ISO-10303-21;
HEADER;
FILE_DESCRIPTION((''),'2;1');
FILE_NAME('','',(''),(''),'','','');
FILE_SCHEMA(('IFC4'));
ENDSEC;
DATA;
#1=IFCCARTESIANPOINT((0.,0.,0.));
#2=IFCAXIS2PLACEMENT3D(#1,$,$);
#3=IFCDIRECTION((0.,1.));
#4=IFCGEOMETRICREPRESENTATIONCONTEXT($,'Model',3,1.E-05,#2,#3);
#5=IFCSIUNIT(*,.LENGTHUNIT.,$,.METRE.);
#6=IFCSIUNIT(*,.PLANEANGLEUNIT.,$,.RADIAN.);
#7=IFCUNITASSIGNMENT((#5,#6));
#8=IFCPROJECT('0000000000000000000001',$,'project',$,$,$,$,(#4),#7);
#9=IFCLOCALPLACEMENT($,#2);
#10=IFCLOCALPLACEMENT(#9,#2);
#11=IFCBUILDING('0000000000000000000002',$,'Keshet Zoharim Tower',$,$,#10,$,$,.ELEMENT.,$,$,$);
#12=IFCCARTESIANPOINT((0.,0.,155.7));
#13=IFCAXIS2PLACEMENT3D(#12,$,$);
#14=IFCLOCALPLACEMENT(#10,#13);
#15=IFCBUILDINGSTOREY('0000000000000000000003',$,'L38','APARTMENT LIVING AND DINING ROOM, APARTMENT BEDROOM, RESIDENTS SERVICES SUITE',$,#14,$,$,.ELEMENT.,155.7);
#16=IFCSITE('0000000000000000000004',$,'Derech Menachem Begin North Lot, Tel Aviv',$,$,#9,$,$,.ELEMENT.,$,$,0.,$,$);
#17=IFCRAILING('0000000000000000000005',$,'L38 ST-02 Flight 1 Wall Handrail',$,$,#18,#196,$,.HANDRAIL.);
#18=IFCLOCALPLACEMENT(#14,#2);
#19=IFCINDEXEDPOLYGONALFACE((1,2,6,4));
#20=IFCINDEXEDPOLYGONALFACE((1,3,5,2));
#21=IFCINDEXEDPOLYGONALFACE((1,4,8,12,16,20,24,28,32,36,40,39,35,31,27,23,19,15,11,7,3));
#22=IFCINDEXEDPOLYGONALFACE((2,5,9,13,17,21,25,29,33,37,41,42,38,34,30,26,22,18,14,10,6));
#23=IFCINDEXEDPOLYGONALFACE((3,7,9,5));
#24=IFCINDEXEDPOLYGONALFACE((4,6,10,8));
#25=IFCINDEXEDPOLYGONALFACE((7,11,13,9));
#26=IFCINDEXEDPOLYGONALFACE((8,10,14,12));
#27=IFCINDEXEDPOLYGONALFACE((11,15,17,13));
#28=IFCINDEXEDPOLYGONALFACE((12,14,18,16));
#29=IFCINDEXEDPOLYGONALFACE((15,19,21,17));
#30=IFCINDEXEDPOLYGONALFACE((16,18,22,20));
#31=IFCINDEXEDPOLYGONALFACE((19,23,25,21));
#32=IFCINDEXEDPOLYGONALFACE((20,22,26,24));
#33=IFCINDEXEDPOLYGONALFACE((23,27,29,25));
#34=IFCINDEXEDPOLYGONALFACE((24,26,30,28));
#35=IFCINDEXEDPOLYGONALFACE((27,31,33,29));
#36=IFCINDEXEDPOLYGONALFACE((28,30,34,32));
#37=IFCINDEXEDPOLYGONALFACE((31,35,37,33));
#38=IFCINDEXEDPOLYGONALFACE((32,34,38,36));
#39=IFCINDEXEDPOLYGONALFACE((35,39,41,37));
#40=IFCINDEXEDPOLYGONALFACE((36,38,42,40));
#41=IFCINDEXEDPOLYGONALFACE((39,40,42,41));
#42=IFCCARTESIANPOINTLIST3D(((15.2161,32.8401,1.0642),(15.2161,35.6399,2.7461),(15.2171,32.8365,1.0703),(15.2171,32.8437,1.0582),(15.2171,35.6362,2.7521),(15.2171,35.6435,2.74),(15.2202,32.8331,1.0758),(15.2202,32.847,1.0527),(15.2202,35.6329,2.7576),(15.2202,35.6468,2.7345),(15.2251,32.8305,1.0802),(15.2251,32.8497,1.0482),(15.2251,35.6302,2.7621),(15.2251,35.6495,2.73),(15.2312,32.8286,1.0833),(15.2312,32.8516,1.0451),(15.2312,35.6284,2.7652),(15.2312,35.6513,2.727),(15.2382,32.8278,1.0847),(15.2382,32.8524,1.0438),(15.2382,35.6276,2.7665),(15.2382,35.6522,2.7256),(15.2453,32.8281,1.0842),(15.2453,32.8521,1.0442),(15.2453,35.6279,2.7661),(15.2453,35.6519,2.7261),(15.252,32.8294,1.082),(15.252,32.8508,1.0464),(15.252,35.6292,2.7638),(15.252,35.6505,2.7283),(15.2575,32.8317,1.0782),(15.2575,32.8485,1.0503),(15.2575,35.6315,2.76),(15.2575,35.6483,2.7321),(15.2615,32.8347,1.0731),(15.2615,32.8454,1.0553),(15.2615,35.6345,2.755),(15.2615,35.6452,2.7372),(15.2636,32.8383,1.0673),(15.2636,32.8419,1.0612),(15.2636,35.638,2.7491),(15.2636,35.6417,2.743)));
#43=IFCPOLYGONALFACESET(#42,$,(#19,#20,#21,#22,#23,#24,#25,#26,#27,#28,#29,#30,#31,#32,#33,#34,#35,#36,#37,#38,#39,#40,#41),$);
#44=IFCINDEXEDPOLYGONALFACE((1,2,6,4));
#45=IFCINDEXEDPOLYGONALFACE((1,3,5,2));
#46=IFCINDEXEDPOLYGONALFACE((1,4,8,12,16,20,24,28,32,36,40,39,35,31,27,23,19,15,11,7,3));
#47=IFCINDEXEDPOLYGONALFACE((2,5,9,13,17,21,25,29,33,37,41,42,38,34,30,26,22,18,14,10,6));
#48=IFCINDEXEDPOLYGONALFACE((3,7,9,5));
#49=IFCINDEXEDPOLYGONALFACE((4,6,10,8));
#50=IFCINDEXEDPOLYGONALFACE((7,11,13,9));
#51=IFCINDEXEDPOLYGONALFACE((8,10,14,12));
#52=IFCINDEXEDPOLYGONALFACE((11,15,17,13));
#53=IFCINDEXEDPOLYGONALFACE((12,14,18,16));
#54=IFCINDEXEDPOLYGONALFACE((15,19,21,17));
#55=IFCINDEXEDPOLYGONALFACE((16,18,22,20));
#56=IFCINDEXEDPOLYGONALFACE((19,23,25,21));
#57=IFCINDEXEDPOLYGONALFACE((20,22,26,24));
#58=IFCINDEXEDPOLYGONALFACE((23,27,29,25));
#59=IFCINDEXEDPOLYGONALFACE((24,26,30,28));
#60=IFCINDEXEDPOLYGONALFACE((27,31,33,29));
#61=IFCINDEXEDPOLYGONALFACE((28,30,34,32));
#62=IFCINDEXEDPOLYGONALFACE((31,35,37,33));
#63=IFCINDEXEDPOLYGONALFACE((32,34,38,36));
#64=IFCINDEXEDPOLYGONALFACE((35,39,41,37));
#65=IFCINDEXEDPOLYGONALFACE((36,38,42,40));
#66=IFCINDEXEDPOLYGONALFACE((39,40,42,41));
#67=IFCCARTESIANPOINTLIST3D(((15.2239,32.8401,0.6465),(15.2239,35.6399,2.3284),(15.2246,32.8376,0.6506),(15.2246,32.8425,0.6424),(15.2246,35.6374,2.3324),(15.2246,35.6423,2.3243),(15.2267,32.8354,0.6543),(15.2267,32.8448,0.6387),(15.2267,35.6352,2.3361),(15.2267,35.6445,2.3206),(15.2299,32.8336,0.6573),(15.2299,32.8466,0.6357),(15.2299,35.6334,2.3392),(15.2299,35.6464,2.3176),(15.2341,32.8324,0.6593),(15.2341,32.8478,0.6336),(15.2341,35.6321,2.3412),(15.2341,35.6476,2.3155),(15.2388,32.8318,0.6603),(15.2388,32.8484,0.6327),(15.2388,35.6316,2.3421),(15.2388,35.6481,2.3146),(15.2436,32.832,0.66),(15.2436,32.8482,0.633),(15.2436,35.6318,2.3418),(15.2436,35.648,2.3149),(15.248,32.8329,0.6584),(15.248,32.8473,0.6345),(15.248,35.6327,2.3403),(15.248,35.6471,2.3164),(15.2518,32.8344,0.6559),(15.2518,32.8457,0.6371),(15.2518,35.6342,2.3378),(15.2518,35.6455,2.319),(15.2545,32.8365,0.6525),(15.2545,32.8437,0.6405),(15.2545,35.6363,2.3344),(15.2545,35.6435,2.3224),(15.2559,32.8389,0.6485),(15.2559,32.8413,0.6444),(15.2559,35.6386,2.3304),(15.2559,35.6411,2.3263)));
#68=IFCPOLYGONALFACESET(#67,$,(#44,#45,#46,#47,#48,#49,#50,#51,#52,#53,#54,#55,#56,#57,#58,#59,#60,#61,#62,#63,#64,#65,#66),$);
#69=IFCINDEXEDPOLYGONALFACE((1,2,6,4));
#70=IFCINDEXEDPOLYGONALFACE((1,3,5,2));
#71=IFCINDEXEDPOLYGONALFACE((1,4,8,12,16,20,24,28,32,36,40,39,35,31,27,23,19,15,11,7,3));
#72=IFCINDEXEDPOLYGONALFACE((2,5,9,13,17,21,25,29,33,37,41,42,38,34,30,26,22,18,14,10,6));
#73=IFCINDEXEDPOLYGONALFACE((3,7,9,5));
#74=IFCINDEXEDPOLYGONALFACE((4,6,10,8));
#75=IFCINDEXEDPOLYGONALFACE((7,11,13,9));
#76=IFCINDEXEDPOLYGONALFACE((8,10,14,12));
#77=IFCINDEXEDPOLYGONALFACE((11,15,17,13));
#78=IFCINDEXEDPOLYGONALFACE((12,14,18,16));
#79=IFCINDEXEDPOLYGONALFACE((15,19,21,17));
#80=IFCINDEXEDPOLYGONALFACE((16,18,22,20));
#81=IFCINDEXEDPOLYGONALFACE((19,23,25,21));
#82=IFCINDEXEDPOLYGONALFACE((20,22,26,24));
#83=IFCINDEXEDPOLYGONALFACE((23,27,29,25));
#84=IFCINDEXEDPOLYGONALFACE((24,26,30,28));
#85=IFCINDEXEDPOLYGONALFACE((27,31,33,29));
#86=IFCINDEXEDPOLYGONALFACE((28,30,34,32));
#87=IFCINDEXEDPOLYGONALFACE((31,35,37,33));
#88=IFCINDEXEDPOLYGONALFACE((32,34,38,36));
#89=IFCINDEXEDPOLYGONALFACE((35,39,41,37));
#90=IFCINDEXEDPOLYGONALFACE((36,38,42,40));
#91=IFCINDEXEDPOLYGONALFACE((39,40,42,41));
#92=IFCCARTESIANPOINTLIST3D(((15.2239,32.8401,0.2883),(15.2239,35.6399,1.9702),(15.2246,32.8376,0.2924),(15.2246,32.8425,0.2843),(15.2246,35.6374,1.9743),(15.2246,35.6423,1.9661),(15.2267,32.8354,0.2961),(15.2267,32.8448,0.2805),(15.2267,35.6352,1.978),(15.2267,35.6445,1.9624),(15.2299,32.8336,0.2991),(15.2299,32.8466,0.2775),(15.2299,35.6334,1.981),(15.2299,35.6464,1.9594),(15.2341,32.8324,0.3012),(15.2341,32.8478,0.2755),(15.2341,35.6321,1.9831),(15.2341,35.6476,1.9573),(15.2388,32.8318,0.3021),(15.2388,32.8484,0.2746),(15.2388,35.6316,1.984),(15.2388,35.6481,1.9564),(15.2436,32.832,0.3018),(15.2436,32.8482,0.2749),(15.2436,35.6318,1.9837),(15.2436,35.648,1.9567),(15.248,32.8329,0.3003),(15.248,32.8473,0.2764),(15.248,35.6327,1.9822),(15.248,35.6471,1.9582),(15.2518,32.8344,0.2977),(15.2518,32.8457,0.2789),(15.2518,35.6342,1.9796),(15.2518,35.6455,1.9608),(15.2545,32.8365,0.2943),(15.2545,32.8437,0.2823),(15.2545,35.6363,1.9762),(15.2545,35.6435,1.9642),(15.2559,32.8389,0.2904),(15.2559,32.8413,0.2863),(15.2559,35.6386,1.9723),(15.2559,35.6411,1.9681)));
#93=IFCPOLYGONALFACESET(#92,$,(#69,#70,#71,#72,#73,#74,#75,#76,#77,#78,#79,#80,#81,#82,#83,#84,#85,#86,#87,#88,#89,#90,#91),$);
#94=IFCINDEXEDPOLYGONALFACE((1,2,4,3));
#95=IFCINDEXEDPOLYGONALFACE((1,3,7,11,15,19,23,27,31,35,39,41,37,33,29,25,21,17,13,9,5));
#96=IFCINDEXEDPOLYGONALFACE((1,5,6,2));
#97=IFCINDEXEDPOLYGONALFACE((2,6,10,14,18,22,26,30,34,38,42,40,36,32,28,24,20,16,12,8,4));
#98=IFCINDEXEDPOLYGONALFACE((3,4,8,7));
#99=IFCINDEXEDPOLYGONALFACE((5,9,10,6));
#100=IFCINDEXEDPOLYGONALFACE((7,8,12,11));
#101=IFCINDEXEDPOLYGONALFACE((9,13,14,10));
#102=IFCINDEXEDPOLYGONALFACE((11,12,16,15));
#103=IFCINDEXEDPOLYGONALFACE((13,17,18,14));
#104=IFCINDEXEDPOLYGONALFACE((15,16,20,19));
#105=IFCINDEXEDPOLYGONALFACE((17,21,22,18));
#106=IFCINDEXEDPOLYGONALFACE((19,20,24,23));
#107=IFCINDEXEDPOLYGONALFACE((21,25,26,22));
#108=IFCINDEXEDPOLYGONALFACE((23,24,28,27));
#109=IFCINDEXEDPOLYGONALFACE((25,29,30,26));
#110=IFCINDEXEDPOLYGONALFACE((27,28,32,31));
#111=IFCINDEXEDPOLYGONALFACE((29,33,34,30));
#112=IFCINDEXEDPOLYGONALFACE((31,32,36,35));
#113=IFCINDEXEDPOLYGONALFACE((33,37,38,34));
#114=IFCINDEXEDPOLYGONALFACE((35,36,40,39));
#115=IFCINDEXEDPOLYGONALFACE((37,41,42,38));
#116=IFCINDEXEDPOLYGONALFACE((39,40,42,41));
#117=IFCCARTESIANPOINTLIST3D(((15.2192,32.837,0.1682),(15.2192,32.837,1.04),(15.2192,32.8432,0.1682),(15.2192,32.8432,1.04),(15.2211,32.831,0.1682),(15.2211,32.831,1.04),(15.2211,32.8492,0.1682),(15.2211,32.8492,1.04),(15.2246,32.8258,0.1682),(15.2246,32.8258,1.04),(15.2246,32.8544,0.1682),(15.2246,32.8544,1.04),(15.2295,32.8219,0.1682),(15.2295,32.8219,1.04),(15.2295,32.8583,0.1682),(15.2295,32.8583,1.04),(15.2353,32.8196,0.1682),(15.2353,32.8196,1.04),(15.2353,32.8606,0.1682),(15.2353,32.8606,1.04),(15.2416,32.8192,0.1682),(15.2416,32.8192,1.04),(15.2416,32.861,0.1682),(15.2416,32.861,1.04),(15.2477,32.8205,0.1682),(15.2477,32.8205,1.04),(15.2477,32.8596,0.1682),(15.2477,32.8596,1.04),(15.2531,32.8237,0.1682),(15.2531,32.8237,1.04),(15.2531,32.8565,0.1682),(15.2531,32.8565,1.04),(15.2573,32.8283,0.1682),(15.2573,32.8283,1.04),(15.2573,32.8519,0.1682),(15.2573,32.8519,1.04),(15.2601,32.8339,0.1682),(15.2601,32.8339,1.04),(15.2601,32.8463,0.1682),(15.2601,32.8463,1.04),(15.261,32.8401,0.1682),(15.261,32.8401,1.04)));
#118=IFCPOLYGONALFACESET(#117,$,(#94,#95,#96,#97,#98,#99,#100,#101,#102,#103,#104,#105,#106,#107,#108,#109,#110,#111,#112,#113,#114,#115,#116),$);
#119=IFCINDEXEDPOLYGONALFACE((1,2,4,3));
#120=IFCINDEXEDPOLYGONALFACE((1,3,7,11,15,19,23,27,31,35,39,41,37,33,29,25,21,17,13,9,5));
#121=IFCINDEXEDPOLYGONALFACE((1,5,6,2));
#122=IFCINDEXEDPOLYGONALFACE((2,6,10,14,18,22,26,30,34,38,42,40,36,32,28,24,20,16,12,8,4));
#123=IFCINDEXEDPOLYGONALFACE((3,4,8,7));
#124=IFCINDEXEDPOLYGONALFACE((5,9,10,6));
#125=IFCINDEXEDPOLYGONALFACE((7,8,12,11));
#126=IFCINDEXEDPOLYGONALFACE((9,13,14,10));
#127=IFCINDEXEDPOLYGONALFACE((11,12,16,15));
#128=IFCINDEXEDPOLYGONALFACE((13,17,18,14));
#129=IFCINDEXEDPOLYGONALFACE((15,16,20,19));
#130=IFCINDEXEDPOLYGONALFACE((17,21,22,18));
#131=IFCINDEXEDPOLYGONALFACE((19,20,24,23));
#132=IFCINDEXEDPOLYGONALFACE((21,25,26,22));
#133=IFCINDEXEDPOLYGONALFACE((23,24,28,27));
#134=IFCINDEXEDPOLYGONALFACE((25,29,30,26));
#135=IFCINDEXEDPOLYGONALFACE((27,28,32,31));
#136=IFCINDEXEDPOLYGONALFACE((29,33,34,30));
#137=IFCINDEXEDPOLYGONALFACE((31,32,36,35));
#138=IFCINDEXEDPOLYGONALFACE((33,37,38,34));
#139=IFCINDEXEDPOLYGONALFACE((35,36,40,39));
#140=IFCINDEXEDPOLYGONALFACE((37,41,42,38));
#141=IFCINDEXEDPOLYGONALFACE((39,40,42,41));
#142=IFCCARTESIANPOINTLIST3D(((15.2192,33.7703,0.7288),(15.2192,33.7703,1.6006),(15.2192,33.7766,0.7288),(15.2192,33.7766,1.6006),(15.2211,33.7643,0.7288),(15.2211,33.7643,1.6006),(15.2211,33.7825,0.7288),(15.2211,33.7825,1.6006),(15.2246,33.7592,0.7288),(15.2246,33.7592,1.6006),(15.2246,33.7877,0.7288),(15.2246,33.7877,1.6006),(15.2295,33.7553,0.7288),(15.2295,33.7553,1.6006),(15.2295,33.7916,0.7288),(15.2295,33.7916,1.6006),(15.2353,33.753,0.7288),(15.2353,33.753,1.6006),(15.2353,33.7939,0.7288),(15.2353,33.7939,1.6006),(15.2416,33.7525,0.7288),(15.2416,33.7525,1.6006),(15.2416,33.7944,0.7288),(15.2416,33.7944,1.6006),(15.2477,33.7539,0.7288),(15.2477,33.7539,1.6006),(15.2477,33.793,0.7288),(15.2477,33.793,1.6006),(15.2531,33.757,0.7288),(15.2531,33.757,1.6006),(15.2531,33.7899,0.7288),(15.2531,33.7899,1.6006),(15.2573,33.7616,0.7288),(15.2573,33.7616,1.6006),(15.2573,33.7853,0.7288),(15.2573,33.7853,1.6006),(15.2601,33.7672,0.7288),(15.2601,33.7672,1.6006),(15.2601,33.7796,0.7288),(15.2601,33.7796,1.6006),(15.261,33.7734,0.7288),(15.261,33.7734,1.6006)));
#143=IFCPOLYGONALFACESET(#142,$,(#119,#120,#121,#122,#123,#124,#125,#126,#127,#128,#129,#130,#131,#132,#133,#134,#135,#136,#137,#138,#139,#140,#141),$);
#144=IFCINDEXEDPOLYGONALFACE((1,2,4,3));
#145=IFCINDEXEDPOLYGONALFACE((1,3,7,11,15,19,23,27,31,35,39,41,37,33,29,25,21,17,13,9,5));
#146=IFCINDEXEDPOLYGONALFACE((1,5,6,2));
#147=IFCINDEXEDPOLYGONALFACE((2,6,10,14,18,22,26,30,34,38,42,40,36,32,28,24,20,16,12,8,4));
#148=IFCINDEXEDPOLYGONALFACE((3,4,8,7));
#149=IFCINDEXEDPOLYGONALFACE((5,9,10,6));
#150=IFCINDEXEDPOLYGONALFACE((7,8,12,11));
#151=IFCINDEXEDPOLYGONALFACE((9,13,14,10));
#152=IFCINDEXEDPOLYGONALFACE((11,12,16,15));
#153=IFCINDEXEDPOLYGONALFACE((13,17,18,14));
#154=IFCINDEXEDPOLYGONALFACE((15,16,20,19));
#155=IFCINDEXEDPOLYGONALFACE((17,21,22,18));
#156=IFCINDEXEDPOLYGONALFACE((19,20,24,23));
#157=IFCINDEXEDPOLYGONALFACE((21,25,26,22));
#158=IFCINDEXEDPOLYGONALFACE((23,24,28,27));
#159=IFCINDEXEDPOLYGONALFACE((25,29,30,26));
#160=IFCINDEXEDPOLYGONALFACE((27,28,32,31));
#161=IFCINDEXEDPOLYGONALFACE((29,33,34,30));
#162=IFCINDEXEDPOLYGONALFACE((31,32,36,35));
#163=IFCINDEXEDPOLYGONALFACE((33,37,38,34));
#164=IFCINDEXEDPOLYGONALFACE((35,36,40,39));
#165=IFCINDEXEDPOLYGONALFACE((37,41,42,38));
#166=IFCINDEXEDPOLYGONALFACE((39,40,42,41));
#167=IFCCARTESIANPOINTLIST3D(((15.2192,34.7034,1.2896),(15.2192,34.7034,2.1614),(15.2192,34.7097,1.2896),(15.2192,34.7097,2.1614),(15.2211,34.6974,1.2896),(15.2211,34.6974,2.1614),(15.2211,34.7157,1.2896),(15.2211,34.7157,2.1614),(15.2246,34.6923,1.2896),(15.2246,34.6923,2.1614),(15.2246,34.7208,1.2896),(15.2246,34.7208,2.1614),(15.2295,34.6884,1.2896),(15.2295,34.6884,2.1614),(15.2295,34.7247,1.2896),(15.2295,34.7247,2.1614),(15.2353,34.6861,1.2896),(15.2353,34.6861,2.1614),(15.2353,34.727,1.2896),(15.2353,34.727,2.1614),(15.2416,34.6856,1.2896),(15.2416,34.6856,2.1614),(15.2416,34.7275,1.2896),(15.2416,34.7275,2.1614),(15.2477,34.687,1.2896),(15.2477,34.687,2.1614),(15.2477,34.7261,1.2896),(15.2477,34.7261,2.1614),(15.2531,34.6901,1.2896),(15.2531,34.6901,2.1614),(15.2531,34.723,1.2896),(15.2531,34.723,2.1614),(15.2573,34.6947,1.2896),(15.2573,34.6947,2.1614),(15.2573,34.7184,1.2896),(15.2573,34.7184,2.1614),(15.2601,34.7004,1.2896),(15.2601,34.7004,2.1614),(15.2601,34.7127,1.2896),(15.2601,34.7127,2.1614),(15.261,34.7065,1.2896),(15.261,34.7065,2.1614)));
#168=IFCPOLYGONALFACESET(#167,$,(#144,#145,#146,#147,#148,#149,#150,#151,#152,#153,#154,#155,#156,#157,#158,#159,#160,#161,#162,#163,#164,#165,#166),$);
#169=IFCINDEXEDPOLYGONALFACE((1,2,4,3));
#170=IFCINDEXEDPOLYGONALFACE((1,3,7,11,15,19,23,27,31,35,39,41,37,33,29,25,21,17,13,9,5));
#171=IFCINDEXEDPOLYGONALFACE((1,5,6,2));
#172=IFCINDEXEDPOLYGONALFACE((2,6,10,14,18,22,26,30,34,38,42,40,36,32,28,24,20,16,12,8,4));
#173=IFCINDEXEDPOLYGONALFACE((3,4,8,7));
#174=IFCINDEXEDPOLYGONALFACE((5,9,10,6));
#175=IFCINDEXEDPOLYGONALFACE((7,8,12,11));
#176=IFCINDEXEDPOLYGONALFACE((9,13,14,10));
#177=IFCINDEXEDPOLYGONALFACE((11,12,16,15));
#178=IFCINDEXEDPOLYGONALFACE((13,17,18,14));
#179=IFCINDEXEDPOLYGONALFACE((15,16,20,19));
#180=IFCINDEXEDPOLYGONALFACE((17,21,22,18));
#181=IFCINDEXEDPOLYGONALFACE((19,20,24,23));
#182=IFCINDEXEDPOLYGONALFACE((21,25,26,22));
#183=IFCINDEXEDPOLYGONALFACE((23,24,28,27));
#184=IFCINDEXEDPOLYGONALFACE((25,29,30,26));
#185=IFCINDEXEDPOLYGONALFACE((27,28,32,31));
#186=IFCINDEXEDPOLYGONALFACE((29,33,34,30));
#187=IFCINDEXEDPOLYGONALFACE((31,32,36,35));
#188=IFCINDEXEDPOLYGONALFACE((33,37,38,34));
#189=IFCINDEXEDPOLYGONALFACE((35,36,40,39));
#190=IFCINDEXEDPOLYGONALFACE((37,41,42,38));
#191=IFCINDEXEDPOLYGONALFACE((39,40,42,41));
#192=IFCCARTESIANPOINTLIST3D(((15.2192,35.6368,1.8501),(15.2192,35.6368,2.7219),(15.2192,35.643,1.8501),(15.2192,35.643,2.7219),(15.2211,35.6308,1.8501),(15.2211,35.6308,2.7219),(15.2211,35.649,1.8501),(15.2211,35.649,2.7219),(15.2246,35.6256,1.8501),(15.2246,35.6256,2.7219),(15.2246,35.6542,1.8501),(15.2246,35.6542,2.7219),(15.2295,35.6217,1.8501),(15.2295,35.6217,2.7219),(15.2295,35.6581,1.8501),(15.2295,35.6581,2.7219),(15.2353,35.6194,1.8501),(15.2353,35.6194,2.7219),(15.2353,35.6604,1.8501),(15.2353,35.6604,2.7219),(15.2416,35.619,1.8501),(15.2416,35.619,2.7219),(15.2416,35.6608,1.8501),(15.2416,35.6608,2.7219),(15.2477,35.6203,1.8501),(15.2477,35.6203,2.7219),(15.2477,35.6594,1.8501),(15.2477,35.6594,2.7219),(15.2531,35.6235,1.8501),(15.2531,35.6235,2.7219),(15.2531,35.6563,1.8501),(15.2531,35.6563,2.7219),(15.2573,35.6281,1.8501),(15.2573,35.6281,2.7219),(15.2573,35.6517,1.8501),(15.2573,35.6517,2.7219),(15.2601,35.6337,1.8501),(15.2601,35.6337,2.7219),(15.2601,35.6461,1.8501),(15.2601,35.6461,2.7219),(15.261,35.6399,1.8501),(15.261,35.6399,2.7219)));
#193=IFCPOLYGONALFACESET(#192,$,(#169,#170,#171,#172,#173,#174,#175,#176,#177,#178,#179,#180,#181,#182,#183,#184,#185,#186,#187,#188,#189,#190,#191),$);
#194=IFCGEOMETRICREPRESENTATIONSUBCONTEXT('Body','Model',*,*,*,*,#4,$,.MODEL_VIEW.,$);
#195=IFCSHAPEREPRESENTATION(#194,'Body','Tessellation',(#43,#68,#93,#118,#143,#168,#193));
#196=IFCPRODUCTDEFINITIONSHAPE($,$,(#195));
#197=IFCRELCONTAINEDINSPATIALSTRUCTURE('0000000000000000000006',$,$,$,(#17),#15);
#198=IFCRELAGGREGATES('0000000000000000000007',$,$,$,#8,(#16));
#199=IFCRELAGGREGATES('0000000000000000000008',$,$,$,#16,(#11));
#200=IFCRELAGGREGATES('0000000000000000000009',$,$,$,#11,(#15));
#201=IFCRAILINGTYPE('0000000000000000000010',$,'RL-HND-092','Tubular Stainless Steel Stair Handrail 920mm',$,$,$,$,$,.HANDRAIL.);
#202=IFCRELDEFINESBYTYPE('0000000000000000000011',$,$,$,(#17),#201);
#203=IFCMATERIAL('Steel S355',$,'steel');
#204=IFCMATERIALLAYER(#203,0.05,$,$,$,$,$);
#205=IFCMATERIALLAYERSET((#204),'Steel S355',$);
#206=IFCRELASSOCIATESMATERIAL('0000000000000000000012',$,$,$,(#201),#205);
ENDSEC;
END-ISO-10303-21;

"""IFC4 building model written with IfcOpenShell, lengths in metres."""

from ifc_helpers import new_model, si_unit, direction, frame, origin, origin_2d, place, context, subcontext, project, spatial, circle, extrude, material, layer, layer_set, type_object, element, save


model = new_model("IFC4")

# Units and contexts
model_context = context("Model", 3, precision=1e-05, world=origin(), true_north=direction((0.0, 1.0)))
body_context = subcontext(model_context, "Body", "Model", "MODEL_VIEW")
ifc_project = project(units=[si_unit("LENGTHUNIT", "METRE"), si_unit("PLANEANGLEUNIT", "RADIAN")], contexts=[model_context])

# Site, building, storey
site_placement = place(None, origin())
site = spatial("IfcSite", under=ifc_project, at=site_placement, Name="Derech Menachem Begin North Lot, Tel Aviv", CompositionType="ELEMENT", RefElevation=0.0)
building_placement = place(site_placement, origin())
building = spatial("IfcBuilding", under=site, at=building_placement, Name="Keshet Zoharim Tower", CompositionType="ELEMENT")
storey_placement = place(building_placement, frame((0.0, 0.0, 155.7)))
storey = spatial("IfcBuildingStorey", under=building, at=storey_placement, Name="L38", Description="APARTMENT LIVING AND DINING ROOM, APARTMENT BEDROOM, RESIDENTS SERVICES SUITE", CompositionType="ELEMENT", Elevation=155.7)

# Shared definitions
ifc_material_1 = material(Name="Steel S355", Category="steel")

# Railing
ifc_layer_1 = layer(ifc_material_1, 0.05)
ifc_layer_set_1 = layer_set([ifc_layer_1], Name="Steel S355")
railing_type_1 = type_object("IfcRailingType", Name="RL-HND-092", Description="Tubular Stainless Steel Stair Handrail 920mm", PredefinedType="HANDRAIL", material=ifc_layer_set_1)
railing_1_placement = place(storey_placement, frame((15.24, 32.8401, 0.1682)))
element("IfcRailing", 1, at=railing_1_placement, inside=storey, type_object=railing_type_1, Name="L38 ST-02 Flight 1 Wall Handrail", PredefinedType="HANDRAIL", context=body_context, shape_type="SweptSolid", body=[
    extrude(circle(Radius=0.0239, at=origin_2d()), frame((0.0, 0.0, 0.896), z_axis=(0.0, 0.857222, 0.514946), x_axis=(-1.0, 0.0, 0.0)), (0.0, 0.0, 1.0), 3.2661),
    extrude(circle(Radius=0.0161, at=origin_2d()), frame((0.0, 0.0, 0.4783), z_axis=(0.0, 0.857222, 0.514946), x_axis=(-1.0, 0.0, 0.0)), (0.0, 0.0, 1.0), 3.2661),
    extrude(circle(Radius=0.0161, at=origin_2d()), frame((0.0, 0.0, 0.1201), z_axis=(0.0, 0.857222, 0.514946), x_axis=(-1.0, 0.0, 0.0)), (0.0, 0.0, 1.0), 3.2661),
    extrude(circle(Radius=0.021, at=origin_2d()), origin(), (0.0, 0.0, 1.0), 0.8718),
    extrude(circle(Radius=0.021, at=origin_2d()), frame((0.0, 0.9333, 0.5605)), (0.0, 0.0, 1.0), 0.8718),
    extrude(circle(Radius=0.021, at=origin_2d()), frame((0.0, 1.8665, 1.1213)), (0.0, 0.0, 1.0), 0.8718),
    extrude(circle(Radius=0.021, at=origin_2d()), frame((0.0, 2.7998, 1.6819)), (0.0, 0.0, 1.0), 0.8718),
])

save(model, "model.ifc")
